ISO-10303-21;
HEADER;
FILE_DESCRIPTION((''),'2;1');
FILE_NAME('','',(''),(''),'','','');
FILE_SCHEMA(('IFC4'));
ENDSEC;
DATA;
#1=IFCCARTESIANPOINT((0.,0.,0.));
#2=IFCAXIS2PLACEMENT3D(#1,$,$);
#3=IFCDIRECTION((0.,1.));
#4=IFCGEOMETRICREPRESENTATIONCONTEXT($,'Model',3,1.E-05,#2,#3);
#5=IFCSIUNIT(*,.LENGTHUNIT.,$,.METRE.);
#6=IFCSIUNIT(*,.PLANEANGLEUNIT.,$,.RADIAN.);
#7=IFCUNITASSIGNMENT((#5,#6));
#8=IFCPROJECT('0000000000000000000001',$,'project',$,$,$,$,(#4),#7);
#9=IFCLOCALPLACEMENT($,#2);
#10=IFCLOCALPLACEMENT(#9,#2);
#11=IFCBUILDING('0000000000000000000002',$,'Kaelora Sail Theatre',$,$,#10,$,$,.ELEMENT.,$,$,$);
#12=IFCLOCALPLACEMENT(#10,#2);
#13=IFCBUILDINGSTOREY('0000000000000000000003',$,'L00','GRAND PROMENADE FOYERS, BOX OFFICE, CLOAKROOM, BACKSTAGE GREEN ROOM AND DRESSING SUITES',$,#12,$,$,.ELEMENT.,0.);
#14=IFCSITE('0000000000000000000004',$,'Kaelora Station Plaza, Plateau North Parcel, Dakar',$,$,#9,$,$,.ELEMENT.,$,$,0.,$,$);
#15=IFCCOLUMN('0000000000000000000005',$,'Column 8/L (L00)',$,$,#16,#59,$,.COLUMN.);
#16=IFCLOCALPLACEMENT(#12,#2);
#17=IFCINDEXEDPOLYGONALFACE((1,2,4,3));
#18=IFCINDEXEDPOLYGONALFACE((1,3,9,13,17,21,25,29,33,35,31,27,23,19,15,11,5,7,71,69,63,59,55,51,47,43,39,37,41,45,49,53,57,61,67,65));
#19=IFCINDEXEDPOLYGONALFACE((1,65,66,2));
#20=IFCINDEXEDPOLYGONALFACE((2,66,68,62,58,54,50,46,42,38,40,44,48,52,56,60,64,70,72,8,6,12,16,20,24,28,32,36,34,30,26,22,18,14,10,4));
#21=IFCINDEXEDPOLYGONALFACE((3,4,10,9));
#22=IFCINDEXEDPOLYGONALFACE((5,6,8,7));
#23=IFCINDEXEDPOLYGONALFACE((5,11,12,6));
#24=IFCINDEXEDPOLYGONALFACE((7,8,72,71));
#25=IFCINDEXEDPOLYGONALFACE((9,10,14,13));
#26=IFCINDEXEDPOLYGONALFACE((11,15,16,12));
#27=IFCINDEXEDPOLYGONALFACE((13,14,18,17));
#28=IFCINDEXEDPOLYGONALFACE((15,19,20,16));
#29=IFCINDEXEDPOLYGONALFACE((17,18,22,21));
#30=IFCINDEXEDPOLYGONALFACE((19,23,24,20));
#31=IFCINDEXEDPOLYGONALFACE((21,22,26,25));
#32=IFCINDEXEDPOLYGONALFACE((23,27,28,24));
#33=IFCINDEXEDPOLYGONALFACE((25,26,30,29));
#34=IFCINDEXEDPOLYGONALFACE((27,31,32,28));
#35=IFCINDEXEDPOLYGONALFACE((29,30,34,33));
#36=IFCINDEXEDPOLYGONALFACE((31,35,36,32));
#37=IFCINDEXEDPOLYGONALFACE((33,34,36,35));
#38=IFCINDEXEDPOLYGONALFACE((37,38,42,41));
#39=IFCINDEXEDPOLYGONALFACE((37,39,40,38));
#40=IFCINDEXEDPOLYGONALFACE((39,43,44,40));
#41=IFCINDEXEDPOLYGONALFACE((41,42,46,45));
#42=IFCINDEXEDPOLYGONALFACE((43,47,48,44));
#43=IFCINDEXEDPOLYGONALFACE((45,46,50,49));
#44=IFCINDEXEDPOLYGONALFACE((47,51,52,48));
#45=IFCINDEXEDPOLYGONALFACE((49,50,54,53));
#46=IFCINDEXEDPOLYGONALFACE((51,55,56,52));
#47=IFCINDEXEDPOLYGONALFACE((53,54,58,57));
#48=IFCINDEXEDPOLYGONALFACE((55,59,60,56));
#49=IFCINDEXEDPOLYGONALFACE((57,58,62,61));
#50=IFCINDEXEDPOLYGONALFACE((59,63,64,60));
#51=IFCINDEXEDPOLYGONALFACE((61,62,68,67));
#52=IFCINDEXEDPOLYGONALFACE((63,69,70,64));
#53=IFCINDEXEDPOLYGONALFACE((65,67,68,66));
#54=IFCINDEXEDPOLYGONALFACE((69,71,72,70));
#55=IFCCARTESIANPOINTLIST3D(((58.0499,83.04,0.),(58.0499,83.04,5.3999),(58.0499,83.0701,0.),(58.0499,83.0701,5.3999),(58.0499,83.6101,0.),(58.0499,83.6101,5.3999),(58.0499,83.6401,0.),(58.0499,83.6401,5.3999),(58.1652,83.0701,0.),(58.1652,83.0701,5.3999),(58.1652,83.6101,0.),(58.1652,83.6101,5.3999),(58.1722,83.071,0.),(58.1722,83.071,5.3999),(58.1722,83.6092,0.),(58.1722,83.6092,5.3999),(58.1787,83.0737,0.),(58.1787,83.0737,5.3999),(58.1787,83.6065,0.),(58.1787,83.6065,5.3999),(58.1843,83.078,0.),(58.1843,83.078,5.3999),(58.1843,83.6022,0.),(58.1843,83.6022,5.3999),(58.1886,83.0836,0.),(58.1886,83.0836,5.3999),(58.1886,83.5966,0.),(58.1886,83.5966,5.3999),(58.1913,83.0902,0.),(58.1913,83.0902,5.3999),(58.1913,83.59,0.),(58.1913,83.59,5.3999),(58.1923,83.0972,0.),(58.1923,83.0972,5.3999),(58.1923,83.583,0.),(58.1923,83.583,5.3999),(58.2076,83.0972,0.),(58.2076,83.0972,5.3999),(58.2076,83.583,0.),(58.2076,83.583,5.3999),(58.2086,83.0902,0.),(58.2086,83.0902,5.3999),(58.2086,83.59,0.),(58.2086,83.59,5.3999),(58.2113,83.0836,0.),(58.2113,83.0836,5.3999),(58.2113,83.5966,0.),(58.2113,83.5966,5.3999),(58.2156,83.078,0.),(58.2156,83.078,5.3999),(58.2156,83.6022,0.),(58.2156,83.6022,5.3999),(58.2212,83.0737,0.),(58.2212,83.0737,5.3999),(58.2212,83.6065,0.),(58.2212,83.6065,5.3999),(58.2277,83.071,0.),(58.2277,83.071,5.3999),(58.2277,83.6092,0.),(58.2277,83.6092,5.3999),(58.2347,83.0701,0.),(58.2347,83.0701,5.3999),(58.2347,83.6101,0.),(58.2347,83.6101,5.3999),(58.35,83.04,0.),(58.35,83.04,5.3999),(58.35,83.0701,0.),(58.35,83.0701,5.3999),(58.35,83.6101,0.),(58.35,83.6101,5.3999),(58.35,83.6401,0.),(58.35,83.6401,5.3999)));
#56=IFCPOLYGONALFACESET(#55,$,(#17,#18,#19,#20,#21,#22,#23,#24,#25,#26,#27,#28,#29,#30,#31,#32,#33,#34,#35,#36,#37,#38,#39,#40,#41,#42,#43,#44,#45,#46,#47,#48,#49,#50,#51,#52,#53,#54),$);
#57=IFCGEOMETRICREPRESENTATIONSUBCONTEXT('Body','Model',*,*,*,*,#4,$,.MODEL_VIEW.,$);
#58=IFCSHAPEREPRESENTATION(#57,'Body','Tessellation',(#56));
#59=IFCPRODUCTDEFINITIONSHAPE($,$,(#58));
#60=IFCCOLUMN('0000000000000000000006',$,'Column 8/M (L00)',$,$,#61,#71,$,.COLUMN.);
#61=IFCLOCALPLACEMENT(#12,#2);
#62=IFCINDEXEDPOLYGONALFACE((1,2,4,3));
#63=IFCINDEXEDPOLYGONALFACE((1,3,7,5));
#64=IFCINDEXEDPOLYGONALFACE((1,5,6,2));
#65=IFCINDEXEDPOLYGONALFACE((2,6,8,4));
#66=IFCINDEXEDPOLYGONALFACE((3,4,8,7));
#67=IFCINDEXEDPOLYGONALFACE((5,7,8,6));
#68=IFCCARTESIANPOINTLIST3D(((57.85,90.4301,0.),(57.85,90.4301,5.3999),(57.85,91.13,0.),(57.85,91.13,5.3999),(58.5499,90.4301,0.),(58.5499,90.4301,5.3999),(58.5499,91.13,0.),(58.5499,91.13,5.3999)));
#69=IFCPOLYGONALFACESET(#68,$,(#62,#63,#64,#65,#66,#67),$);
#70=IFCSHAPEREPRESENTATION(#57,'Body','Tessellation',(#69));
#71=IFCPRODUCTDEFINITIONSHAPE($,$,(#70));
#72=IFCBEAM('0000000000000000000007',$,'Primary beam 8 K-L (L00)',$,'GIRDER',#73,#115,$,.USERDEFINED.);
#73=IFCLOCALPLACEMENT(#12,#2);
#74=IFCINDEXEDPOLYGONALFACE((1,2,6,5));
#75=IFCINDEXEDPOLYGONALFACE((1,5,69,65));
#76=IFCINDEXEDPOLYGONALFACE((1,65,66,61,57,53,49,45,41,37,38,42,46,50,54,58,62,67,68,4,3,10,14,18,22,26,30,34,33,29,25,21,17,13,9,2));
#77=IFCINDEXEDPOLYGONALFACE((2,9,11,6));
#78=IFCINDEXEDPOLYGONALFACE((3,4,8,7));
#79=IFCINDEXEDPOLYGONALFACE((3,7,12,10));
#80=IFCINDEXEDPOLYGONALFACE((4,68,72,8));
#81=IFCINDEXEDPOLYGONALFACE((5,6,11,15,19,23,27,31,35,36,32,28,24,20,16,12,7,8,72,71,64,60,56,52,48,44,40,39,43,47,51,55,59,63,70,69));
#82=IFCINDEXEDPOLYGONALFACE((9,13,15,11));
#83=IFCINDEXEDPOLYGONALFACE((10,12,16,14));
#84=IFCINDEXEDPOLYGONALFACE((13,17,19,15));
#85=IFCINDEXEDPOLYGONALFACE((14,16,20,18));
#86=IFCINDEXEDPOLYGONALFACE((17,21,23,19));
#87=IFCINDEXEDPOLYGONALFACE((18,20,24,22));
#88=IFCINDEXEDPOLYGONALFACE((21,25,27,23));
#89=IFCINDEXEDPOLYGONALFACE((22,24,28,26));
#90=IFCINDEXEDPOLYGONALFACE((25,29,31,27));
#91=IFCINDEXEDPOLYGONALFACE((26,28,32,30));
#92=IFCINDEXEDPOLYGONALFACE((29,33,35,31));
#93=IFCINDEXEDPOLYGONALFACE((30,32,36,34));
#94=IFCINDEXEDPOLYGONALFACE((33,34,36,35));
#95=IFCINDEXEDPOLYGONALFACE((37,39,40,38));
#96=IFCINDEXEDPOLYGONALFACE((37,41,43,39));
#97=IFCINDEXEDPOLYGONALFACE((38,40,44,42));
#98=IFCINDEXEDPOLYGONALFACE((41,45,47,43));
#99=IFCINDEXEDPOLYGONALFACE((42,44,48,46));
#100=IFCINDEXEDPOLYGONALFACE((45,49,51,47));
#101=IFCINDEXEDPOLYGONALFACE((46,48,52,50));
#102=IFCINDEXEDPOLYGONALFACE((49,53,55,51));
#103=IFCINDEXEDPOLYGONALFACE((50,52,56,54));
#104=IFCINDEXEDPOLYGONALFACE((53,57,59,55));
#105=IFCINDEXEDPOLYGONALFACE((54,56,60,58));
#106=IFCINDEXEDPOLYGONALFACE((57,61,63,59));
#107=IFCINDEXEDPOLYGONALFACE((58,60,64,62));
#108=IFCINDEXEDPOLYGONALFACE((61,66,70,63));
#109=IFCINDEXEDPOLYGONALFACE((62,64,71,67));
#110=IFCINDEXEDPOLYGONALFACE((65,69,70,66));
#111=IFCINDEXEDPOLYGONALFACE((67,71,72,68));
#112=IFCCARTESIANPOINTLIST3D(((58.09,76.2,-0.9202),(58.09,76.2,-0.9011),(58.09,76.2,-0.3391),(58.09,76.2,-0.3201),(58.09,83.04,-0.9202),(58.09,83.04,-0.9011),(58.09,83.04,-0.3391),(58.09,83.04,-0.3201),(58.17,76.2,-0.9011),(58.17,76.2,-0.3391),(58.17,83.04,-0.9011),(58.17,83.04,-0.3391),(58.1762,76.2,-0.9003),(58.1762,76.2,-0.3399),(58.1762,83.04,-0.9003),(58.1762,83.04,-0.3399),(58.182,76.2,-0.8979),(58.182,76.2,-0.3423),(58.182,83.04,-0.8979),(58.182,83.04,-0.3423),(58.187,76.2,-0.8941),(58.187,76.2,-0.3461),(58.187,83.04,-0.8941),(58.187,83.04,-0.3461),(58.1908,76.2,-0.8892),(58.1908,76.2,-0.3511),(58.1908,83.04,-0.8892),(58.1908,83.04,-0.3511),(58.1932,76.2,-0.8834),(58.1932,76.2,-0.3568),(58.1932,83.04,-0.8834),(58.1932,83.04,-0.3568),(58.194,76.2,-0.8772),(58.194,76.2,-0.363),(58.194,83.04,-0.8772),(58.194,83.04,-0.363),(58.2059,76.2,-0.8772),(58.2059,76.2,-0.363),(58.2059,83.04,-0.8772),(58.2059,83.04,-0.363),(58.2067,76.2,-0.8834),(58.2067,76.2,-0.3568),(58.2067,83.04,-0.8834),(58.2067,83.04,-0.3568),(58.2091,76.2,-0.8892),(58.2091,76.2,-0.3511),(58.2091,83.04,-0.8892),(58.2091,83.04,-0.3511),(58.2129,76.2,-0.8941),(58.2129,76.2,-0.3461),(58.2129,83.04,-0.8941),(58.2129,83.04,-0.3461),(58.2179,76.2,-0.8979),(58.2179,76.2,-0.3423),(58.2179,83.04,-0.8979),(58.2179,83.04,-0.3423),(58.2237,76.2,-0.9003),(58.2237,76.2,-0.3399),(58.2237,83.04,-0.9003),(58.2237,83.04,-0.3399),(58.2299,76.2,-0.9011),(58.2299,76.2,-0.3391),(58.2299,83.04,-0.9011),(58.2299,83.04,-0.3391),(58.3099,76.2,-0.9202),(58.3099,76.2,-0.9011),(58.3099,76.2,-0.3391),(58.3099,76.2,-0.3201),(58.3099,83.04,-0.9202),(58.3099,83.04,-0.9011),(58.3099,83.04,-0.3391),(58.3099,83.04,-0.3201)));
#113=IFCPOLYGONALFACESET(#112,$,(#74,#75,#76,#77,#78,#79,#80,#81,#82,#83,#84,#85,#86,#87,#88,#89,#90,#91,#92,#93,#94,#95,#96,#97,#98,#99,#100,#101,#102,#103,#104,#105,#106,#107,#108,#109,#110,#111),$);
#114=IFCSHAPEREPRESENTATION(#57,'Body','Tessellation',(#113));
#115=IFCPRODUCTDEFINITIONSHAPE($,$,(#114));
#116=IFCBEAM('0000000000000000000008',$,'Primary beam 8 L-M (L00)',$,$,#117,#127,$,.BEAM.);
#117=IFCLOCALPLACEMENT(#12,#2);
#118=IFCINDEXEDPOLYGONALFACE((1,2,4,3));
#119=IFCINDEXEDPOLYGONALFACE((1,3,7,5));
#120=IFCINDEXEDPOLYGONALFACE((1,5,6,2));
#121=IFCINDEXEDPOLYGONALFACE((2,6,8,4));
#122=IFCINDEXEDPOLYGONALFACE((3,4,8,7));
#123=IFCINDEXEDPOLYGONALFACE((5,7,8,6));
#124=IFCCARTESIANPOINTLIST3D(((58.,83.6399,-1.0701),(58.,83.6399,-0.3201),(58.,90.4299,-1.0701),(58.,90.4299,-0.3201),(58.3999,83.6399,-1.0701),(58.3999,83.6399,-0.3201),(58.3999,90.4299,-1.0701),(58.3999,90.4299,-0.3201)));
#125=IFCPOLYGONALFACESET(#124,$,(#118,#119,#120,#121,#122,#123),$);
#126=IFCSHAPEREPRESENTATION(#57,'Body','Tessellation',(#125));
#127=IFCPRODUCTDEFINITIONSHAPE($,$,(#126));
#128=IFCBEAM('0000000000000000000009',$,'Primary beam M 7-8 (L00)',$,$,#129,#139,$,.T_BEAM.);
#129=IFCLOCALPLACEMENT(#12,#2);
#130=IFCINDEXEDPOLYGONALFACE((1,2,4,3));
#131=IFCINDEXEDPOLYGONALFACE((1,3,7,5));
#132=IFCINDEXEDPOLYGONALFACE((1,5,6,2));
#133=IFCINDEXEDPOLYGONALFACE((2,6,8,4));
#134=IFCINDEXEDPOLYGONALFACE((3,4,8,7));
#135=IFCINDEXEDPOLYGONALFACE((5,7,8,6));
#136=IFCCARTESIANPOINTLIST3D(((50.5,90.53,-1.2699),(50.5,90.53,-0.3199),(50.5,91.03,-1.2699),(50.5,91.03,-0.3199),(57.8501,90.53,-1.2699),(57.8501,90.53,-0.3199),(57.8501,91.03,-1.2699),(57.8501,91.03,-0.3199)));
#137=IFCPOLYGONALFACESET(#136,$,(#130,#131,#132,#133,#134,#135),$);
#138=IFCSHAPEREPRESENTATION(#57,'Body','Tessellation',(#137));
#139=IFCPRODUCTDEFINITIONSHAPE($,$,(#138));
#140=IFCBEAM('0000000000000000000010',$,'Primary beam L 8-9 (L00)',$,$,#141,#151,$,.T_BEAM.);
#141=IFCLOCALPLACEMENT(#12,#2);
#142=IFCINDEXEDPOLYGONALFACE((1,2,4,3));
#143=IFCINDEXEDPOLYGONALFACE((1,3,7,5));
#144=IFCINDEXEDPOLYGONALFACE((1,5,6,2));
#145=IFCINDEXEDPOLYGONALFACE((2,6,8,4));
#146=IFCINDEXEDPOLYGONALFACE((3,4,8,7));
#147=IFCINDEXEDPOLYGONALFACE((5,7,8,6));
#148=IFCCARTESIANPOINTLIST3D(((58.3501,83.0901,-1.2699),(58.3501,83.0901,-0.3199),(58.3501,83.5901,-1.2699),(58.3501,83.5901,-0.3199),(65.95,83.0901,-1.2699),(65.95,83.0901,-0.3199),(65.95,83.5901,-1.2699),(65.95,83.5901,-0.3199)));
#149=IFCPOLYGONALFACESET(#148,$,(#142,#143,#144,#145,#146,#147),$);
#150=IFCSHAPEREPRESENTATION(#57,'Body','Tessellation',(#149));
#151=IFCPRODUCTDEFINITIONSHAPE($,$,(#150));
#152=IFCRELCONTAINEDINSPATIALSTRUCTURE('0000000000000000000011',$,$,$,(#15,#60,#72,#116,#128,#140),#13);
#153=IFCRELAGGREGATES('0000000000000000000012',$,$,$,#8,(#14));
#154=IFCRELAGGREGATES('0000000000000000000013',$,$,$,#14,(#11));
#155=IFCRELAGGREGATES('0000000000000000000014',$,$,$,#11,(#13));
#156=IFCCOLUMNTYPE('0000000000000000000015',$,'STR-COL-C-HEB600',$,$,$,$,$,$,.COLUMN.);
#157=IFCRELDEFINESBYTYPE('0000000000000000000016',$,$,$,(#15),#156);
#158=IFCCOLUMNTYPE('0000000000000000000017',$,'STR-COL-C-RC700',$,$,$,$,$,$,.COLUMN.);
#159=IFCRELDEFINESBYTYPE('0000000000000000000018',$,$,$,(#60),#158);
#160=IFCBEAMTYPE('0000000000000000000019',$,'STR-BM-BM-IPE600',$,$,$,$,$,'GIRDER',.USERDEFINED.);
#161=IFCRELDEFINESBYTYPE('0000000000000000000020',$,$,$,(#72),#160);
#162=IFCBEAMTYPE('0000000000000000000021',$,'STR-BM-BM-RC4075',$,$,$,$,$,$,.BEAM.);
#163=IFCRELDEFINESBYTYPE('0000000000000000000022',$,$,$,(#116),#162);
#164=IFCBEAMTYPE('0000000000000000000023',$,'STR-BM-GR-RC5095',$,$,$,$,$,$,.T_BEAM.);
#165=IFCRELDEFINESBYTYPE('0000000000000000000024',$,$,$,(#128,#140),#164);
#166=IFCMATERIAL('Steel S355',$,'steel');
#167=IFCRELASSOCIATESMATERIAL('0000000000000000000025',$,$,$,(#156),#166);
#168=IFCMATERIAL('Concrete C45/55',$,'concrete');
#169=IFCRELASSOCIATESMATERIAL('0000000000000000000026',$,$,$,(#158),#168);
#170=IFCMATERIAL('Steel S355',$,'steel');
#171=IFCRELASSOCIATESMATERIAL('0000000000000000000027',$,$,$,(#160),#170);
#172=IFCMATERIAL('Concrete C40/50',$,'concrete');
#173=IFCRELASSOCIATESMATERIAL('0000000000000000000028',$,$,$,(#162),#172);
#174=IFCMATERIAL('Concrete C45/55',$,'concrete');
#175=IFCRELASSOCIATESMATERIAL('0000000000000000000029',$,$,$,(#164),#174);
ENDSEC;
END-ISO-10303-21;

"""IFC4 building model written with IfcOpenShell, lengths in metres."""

from ifc_helpers import new_model, si_unit, direction, frame, origin, origin_2d, place, context, subcontext, project, spatial, rectangle, i_section, extrude, material, material_profile, profile_set, type_object, element, save


model = new_model("IFC4")

# Units and contexts
model_context = context("Model", 3, precision=1e-05, world=origin(), true_north=direction((0.0, 1.0)))
body_context = subcontext(model_context, "Body", "Model", "MODEL_VIEW")
ifc_project = project(units=[si_unit("LENGTHUNIT", "METRE"), si_unit("PLANEANGLEUNIT", "RADIAN")], contexts=[model_context])

# Site, building, storey
site_placement = place(None, origin())
site = spatial("IfcSite", under=ifc_project, at=site_placement, Name="Kaelora Station Plaza, Plateau North Parcel, Dakar", CompositionType="ELEMENT", RefElevation=0.0)
building_placement = place(site_placement, origin())
building = spatial("IfcBuilding", under=site, at=building_placement, Name="Kaelora Sail Theatre", CompositionType="ELEMENT")
storey_placement = place(building_placement, origin())
storey = spatial("IfcBuildingStorey", under=building, at=storey_placement, Name="L00", Description="GRAND PROMENADE FOYERS, BOX OFFICE, CLOAKROOM, BACKSTAGE GREEN ROOM AND DRESSING SUITES", CompositionType="ELEMENT", Elevation=0.0)

# Columns
ifc_material_1 = material(Name="Steel S355", Category="steel")
ifc_material_profile_1 = material_profile(ifc_material_1, i_section(OverallWidth=0.3, OverallDepth=0.6001, WebThickness=0.0154, FlangeThickness=0.03, FilletRadius=0.0271, at=origin_2d()), Name="HEB 600")
ifc_profile_set_1 = profile_set([ifc_material_profile_1], Name="Steel S355")
column_type_1 = type_object("IfcColumnType", Name="STR-COL-C-HEB600", PredefinedType="COLUMN", material=ifc_profile_set_1)
column_1_placement = place(storey_placement, frame((58.2, 83.3401, 0.0), z_axis=(0.0, 0.0, 1.0), x_axis=(1.0, 0.0, 0.0)))
element("IfcColumn", 1, at=column_1_placement, inside=storey, type_object=column_type_1, Name="Column 8/L (L00)", PredefinedType="COLUMN", context=body_context, shape_type="SweptSolid", body=[
    extrude(i_section(OverallWidth=0.3, OverallDepth=0.6001, WebThickness=0.0154, FlangeThickness=0.03, FilletRadius=0.0271, at=origin_2d()), origin(), (0.0, 0.0, 1.0), 5.3999),
])
ifc_material_2 = material(Name="Concrete C45/55", Category="concrete")
ifc_material_profile_2 = material_profile(ifc_material_2, rectangle(XDim=0.7, YDim=0.7, at=origin_2d()), Name="RC-COL 700x700")
ifc_profile_set_2 = profile_set([ifc_material_profile_2], Name="Concrete C45/55")
column_type_2 = type_object("IfcColumnType", Name="STR-COL-C-RC700", PredefinedType="COLUMN", material=ifc_profile_set_2)
column_2_placement = place(storey_placement, frame((58.2, 90.78, 0.0), z_axis=(0.0, 0.0, 1.0), x_axis=(1.0, 0.0, 0.0)))
element("IfcColumn", 2, at=column_2_placement, inside=storey, type_object=column_type_2, Name="Column 8/M (L00)", PredefinedType="COLUMN", context=body_context, shape_type="SweptSolid", body=[
    extrude(rectangle(XDim=0.7, YDim=0.7, at=origin_2d()), origin(), (0.0, 0.0, 1.0), 5.3999),
])

# Beams
ifc_material_3 = material(Name="Steel S355", Category="steel")
ifc_material_profile_3 = material_profile(ifc_material_3, i_section(OverallWidth=0.22, OverallDepth=0.6001, WebThickness=0.012, FlangeThickness=0.019, FilletRadius=0.0239, at=origin_2d()), Name="IPE 600")
ifc_profile_set_3 = profile_set([ifc_material_profile_3], Name="Steel S355")
beam_type_1 = type_object("IfcBeamType", Name="STR-BM-BM-IPE600", ElementType="GIRDER", PredefinedType="USERDEFINED", material=ifc_profile_set_3)
beam_1_placement = place(storey_placement, frame((58.2, 76.2, -0.6201), z_axis=(0.0, 1.0, 0.0), x_axis=(-1.0, 0.0, 0.0)))
element("IfcBeam", 3, at=beam_1_placement, inside=storey, type_object=beam_type_1, Name="Primary beam 8 K-L (L00)", ObjectType="GIRDER", PredefinedType="USERDEFINED", context=body_context, shape_type="SweptSolid", body=[
    extrude(i_section(OverallWidth=0.22, OverallDepth=0.6001, WebThickness=0.012, FlangeThickness=0.019, FilletRadius=0.0239, at=origin_2d()), origin(), (0.0, 0.0, 1.0), 6.8401),
])
ifc_material_4 = material(Name="Concrete C40/50", Category="concrete")
ifc_material_profile_4 = material_profile(ifc_material_4, rectangle(XDim=0.3999, YDim=0.75, at=origin_2d()), Name="RC-BM 400x750")
ifc_profile_set_4 = profile_set([ifc_material_profile_4], Name="Concrete C40/50")
beam_type_2 = type_object("IfcBeamType", Name="STR-BM-BM-RC4075", PredefinedType="BEAM", material=ifc_profile_set_4)
beam_2_placement = place(storey_placement, frame((58.2, 83.6399, -0.6951), z_axis=(0.0, 1.0, 0.0), x_axis=(-1.0, 0.0, 0.0)))
element("IfcBeam", 4, at=beam_2_placement, inside=storey, type_object=beam_type_2, Name="Primary beam 8 L-M (L00)", PredefinedType="BEAM", context=body_context, shape_type="SweptSolid", body=[
    extrude(rectangle(XDim=0.3999, YDim=0.75, at=origin_2d()), origin(), (0.0, 0.0, 1.0), 6.79),
])
ifc_material_5 = material(Name="Concrete C45/55", Category="concrete")
ifc_material_profile_5 = material_profile(ifc_material_5, rectangle(XDim=0.5, YDim=0.95, at=origin_2d()), Name="RC-GRD 500x950")
ifc_profile_set_5 = profile_set([ifc_material_profile_5], Name="Concrete C45/55")
beam_type_3 = type_object("IfcBeamType", Name="STR-BM-GR-RC5095", PredefinedType="T_BEAM", material=ifc_profile_set_5)
beam_3_placement = place(storey_placement, frame((50.5, 90.78, -0.7949), z_axis=(1.0, 0.0, 0.0), x_axis=(0.0, 1.0, 0.0)))
element("IfcBeam", 5, at=beam_3_placement, inside=storey, type_object=beam_type_3, Name="Primary beam M 7-8 (L00)", PredefinedType="T_BEAM", context=body_context, shape_type="SweptSolid", body=[
    extrude(rectangle(XDim=0.5, YDim=0.95, at=origin_2d()), origin(), (0.0, 0.0, 1.0), 7.3501),
])
beam_4_placement = place(storey_placement, frame((58.3501, 83.3401, -0.7949), z_axis=(1.0, 0.0, 0.0), x_axis=(0.0, 1.0, 0.0)))
element("IfcBeam", 6, at=beam_4_placement, inside=storey, type_object=beam_type_3, Name="Primary beam L 8-9 (L00)", PredefinedType="T_BEAM", context=body_context, shape_type="SweptSolid", body=[
    extrude(rectangle(XDim=0.5, YDim=0.95, at=origin_2d()), origin(), (0.0, 0.0, 1.0), 7.5999),
])

save(model, "model.ifc")
